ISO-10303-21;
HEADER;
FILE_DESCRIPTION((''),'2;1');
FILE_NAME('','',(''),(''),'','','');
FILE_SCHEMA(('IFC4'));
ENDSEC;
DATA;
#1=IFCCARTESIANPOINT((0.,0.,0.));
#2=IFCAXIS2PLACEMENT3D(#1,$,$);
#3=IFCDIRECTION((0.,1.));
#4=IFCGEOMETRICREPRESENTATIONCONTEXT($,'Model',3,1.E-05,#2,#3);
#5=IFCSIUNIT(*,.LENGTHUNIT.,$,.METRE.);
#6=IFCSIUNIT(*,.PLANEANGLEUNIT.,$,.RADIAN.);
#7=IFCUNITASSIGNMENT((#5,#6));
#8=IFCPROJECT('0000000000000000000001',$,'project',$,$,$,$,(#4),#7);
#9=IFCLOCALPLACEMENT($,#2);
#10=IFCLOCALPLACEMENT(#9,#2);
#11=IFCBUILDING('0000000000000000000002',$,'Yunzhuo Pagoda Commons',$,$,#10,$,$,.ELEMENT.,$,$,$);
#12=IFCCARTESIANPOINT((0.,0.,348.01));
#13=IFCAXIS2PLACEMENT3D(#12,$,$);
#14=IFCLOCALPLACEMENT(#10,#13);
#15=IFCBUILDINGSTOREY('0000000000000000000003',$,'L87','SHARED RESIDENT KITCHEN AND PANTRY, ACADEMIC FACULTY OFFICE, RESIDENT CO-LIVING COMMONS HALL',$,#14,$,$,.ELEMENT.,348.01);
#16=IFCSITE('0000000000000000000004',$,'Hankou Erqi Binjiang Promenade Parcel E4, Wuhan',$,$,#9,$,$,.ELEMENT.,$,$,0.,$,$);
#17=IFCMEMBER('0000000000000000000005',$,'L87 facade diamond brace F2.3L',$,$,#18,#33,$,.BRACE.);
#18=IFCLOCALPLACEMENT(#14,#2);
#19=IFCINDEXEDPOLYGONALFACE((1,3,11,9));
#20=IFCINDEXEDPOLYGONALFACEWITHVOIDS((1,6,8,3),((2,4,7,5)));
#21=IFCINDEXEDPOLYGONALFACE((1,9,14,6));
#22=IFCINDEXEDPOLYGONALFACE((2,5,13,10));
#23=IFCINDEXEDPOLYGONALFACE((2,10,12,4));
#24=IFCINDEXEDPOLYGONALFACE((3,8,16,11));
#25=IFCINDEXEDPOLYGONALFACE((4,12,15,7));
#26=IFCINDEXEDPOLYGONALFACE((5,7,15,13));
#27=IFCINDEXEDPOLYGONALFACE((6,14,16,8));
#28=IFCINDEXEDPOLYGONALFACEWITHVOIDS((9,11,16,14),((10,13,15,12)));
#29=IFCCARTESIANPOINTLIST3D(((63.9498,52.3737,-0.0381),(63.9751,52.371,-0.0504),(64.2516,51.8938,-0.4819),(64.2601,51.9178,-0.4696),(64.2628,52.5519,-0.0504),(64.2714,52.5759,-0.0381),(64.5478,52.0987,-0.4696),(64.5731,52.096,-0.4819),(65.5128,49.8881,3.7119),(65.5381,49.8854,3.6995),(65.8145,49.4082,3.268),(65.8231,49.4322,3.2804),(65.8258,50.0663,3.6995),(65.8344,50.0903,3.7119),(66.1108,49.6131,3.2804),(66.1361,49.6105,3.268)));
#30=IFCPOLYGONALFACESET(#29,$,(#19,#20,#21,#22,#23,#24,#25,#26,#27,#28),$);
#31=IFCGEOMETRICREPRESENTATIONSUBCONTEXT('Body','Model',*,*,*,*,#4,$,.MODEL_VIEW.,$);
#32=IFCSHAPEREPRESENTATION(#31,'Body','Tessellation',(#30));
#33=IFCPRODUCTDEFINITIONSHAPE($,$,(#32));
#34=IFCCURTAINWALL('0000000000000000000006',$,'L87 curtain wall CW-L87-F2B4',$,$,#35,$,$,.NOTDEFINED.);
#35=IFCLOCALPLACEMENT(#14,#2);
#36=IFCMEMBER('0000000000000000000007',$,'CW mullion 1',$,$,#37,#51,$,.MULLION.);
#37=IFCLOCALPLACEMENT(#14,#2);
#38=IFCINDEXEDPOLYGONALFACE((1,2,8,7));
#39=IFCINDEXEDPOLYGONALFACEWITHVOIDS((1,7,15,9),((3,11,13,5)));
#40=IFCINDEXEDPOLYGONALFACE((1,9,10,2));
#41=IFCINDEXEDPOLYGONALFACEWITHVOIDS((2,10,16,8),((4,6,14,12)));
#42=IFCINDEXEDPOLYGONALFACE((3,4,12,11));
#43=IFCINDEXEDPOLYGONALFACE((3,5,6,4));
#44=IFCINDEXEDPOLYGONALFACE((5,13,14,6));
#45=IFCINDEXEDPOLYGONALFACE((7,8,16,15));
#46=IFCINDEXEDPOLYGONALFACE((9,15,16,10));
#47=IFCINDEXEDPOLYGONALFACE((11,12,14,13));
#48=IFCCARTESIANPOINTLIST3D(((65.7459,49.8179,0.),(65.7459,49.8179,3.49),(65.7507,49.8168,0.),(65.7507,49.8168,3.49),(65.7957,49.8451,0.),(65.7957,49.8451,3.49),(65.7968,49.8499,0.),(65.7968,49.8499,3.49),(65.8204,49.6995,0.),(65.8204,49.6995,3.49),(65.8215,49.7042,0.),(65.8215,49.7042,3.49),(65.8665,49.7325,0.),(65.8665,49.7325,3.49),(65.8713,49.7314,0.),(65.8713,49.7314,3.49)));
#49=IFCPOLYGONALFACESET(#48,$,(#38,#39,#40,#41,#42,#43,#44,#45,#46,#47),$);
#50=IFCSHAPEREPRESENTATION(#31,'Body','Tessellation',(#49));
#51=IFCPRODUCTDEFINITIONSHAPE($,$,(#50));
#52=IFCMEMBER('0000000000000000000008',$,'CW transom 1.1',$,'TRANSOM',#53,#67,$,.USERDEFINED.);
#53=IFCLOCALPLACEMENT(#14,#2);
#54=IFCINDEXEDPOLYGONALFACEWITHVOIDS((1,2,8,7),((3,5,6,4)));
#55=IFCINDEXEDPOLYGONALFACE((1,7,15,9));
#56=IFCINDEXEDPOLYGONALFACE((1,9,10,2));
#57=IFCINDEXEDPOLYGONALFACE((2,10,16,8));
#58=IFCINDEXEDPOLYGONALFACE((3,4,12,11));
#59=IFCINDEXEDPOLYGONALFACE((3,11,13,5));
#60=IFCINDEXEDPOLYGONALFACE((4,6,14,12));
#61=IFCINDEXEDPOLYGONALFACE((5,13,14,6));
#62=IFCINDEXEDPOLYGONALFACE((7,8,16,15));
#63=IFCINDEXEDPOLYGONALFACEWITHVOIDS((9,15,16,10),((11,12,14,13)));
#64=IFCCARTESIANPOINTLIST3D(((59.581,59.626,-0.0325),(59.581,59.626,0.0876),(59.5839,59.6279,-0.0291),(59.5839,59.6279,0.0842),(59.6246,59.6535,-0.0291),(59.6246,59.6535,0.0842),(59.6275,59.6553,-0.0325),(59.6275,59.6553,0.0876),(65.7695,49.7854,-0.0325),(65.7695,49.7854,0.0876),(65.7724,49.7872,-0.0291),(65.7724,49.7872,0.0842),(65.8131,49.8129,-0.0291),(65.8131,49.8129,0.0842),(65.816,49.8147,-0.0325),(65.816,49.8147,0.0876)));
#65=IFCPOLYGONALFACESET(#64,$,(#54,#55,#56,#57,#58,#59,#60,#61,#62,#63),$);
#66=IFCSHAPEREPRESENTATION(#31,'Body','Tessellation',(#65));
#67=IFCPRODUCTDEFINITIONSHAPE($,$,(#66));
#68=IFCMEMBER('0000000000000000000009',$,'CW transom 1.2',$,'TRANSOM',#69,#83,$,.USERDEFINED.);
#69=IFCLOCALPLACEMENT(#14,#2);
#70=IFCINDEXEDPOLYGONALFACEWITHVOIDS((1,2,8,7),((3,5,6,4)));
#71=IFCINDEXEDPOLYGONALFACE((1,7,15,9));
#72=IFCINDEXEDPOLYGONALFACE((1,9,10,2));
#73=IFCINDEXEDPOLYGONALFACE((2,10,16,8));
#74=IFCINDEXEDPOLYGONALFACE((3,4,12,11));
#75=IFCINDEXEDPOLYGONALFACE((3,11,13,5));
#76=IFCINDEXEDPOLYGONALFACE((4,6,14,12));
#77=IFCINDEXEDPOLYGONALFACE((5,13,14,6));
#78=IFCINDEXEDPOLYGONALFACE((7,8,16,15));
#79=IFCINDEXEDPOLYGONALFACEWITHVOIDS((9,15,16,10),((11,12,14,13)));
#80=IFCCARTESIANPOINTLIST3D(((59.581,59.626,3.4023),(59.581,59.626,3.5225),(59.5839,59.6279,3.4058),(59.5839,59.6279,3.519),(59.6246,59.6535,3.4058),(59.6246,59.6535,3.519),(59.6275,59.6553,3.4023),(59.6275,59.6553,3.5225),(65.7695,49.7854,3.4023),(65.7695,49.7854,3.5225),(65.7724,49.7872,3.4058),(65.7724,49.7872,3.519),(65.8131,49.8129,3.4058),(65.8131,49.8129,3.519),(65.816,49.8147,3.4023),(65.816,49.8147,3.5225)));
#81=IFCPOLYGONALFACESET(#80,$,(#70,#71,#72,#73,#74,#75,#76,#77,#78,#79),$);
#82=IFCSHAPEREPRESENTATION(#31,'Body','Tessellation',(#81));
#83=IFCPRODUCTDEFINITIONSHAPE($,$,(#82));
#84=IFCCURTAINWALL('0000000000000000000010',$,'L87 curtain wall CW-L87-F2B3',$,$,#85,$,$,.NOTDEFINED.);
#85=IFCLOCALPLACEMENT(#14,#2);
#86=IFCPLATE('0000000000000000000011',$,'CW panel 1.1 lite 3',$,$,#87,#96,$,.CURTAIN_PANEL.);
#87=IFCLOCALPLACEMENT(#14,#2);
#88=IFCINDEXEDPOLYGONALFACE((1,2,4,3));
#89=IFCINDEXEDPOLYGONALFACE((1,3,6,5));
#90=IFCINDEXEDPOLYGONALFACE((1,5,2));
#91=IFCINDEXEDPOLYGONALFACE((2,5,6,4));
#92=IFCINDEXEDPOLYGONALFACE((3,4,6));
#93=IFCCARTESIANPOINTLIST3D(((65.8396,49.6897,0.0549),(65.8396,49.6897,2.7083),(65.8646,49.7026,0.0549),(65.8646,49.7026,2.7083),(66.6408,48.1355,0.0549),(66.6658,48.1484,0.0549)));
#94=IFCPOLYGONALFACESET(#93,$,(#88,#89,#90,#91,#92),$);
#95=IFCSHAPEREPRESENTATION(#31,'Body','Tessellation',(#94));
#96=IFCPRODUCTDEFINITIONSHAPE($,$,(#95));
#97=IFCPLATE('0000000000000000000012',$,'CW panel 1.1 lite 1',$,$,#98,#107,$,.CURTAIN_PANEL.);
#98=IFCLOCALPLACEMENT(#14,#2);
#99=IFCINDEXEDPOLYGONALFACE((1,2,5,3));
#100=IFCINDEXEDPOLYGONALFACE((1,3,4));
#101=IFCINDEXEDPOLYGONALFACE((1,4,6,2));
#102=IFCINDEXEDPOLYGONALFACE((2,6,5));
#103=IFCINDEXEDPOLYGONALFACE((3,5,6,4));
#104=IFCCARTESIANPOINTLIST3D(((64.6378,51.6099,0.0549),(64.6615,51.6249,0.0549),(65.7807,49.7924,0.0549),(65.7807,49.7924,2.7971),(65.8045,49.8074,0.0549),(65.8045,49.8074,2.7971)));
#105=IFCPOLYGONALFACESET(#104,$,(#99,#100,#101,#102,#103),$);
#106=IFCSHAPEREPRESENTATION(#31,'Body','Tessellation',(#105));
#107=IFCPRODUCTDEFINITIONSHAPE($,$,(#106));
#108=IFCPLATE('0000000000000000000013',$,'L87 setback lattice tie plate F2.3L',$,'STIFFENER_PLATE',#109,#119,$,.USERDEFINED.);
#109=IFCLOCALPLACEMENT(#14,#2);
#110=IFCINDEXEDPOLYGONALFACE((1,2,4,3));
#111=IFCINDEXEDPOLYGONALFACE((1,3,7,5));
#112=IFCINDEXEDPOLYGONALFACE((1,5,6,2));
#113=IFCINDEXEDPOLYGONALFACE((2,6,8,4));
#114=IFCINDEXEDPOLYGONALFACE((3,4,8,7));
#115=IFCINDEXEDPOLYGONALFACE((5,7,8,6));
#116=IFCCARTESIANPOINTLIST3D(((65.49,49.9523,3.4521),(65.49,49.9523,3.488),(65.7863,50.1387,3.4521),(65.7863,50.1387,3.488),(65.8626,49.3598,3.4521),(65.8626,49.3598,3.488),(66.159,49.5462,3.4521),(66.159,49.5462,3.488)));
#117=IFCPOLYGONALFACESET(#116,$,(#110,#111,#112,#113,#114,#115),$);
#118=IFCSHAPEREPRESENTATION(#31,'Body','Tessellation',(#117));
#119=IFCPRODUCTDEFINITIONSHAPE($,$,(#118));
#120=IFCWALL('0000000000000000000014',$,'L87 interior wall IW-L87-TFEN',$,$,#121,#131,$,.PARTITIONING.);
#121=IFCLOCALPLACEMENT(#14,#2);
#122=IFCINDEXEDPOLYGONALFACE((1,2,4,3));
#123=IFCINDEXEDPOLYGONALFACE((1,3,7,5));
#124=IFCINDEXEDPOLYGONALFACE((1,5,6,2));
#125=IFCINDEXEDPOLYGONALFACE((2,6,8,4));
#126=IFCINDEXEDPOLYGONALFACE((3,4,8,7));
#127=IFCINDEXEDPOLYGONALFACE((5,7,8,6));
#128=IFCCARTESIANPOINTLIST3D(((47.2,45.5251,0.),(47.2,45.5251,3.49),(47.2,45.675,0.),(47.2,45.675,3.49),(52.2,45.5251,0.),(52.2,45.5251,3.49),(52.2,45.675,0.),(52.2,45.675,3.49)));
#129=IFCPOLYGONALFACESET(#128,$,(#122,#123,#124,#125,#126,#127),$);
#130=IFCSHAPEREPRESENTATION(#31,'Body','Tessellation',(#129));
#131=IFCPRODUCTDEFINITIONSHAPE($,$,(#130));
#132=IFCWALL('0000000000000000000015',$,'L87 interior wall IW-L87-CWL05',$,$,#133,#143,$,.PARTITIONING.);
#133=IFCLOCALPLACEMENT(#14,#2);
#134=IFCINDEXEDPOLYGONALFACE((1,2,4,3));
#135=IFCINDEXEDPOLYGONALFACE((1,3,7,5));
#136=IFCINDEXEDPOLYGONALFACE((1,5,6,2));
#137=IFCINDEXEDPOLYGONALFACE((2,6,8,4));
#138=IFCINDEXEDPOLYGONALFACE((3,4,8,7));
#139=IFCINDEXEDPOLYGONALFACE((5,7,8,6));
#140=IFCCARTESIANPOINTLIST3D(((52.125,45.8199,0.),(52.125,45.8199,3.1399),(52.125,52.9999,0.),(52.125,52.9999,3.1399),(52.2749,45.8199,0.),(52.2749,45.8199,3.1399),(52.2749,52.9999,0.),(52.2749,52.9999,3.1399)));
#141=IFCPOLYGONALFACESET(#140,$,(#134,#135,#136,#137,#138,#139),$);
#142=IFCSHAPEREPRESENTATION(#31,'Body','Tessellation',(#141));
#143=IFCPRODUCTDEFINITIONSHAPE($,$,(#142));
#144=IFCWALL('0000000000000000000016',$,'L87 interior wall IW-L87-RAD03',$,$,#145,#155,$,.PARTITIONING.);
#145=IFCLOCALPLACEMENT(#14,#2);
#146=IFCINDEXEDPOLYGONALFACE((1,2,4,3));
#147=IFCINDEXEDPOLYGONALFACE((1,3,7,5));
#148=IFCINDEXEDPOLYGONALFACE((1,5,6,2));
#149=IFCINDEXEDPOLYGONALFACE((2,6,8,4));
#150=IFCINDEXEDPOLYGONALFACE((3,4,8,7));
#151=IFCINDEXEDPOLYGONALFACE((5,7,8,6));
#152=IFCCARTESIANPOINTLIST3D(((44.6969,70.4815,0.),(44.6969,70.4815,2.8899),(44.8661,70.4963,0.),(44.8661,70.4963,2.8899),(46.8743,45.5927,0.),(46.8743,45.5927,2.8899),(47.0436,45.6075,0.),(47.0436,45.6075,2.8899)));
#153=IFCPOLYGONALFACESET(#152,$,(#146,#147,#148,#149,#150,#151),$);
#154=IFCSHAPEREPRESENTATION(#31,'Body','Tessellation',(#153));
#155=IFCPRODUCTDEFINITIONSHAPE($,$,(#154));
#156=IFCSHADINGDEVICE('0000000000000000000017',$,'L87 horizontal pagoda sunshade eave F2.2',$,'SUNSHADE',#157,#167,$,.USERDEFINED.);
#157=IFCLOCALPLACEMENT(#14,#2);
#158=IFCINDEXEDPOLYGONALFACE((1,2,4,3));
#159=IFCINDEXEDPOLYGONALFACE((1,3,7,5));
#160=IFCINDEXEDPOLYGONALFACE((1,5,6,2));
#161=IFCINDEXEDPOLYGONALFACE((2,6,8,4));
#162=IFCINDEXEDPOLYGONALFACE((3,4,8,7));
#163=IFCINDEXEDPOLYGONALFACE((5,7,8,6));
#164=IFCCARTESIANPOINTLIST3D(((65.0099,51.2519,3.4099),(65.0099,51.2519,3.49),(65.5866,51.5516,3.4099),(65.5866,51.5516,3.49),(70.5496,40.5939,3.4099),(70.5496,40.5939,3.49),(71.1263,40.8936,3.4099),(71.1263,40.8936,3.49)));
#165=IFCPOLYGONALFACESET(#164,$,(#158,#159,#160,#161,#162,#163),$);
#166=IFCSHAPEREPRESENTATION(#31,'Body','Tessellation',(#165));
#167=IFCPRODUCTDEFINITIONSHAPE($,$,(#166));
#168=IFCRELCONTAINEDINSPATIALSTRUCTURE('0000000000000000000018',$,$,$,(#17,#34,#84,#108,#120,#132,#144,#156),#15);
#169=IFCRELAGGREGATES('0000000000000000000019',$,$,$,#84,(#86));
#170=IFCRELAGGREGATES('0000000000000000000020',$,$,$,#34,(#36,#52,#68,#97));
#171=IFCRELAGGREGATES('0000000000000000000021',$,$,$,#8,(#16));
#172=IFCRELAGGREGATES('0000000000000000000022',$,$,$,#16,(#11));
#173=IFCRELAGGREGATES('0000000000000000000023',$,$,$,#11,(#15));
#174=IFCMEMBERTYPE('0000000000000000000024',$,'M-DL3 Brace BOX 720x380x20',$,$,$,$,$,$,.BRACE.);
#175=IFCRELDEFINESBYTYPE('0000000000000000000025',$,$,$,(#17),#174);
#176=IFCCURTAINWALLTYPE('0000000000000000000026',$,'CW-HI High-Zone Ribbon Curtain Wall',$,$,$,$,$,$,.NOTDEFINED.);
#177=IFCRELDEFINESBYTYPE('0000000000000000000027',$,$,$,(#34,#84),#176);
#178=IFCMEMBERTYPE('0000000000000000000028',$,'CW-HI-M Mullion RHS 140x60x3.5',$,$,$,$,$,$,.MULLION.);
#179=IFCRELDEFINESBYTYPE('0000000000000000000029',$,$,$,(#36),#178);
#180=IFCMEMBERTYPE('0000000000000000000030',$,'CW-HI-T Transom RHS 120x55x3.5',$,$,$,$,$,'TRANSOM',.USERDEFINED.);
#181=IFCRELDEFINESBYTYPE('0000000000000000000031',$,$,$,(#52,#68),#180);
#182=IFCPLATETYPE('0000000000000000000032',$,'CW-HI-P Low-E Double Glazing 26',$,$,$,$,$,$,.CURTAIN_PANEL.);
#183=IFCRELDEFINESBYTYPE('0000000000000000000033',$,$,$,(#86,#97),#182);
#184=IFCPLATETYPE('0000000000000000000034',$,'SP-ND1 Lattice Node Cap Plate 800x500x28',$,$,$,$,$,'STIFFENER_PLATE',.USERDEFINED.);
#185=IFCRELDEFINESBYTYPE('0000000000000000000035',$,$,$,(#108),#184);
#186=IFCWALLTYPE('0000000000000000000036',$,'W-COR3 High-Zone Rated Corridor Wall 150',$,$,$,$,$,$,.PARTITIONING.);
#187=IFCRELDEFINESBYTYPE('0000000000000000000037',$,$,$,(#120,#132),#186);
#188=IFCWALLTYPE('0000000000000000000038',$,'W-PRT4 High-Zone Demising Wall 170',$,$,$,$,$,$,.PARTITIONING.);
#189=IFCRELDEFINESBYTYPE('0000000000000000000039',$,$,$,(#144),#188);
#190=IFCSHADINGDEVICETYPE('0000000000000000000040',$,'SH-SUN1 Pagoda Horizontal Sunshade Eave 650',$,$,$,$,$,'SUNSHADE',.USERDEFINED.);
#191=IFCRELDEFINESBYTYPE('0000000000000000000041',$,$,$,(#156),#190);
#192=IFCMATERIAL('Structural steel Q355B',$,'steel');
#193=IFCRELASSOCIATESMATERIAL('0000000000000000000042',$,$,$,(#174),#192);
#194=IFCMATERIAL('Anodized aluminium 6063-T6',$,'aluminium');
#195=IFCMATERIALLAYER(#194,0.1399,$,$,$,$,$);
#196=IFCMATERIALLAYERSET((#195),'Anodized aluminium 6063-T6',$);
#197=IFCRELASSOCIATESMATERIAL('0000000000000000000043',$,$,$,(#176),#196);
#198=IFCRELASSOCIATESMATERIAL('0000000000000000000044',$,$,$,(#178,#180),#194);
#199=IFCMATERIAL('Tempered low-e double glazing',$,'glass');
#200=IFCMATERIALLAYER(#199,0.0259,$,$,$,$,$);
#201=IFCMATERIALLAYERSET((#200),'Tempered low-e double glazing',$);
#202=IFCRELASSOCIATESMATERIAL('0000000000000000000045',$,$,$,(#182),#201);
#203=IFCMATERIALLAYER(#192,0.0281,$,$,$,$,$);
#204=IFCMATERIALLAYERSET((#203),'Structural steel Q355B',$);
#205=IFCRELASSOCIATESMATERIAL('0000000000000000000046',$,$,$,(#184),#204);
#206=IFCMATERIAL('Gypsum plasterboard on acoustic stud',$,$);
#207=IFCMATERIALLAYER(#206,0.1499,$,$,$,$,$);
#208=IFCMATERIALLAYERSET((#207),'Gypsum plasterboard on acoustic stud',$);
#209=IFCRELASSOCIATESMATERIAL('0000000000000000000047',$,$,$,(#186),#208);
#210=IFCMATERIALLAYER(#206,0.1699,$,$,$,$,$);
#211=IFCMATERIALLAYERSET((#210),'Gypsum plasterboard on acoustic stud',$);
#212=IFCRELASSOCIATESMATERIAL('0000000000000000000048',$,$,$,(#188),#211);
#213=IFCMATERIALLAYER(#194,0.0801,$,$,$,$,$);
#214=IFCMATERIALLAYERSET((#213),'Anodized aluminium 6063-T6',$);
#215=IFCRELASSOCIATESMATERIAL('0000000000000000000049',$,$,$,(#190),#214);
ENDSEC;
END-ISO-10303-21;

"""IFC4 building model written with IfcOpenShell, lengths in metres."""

from ifc_helpers import new_model, si_unit, direction, frame, frame_2d, origin, origin_2d, place, context, subcontext, project, spatial, polyline, rectangle, hollow_rectangle, outline, extrude, source, transform, mapped, material, layer, layer_set, material_profile, profile_set, type_object, element, aggregate, save


model = new_model("IFC4")

# Units and contexts
model_context = context("Model", 3, precision=1e-05, world=origin(), true_north=direction((0.0, 1.0)))
body_context = subcontext(model_context, "Body", "Model", "MODEL_VIEW")
ifc_project = project(units=[si_unit("LENGTHUNIT", "METRE"), si_unit("PLANEANGLEUNIT", "RADIAN")], contexts=[model_context])

# Site, building, storey
site_placement = place(None, origin())
site = spatial("IfcSite", under=ifc_project, at=site_placement, Name="Hankou Erqi Binjiang Promenade Parcel E4, Wuhan", CompositionType="ELEMENT", RefElevation=0.0)
building_placement = place(site_placement, origin())
building = spatial("IfcBuilding", under=site, at=building_placement, Name="Yunzhuo Pagoda Commons", CompositionType="ELEMENT")
storey_placement = place(building_placement, frame((0.0, 0.0, 348.01)))
storey = spatial("IfcBuildingStorey", under=building, at=storey_placement, Name="L87", Description="SHARED RESIDENT KITCHEN AND PANTRY, ACADEMIC FACULTY OFFICE, RESIDENT CO-LIVING COMMONS HALL", CompositionType="ELEMENT", Elevation=348.01)

# Shared definitions
ifc_material_1 = material(Name="Structural steel Q355B", Category="steel")

# Member
ifc_material_profile_1 = material_profile(ifc_material_1, hollow_rectangle(XDim=0.3799, YDim=0.72, WallThickness=0.02, at=origin_2d()), Name="Structural steel Q355B")
ifc_profile_set_1 = profile_set([ifc_material_profile_1], Name="Structural steel Q355B")
member_type_1 = type_object("IfcMemberType", Name="M-DL3 Brace BOX 720x380x20", PredefinedType="BRACE", material=ifc_profile_set_1)
shared_shape_1 = source(origin(), body_context, "Body", "SweptSolid", [
    extrude(hollow_rectangle(XDim=0.3799, YDim=0.72, WallThickness=0.02, at=origin_2d()), origin(), (0.0, 0.0, 1.0), 4.7627),
])
member_1_placement = place(storey_placement, frame((64.2615, 52.2349, -0.26), z_axis=(0.328171, -0.521884, 0.787363), x_axis=(0.846542, 0.532321, 0.0)))
element("IfcMember", 1, at=member_1_placement, inside=storey, type_object=member_type_1, Name="L87 facade diamond brace F2.3L", PredefinedType="BRACE", context=body_context, shape_type="MappedRepresentation", body=[
    mapped(shared_shape_1, transform((0.0, 0.0, 0.0), scale=1.0)),
])

# Curtain wall, members
ifc_material_2 = material(Name="Anodized aluminium 6063-T6", Category="aluminium")
ifc_layer_1 = layer(ifc_material_2, 0.1399)
ifc_layer_set_1 = layer_set([ifc_layer_1], Name="Anodized aluminium 6063-T6")
curtain_wall_type = type_object("IfcCurtainWallType", Name="CW-HI High-Zone Ribbon Curtain Wall", PredefinedType="NOTDEFINED", material=ifc_layer_set_1)
curtain_wall_1_placement = place(storey_placement, origin())
curtain_wall_1 = element("IfcCurtainWall", 2, at=curtain_wall_1_placement, inside=storey, type_object=curtain_wall_type, Name="L87 curtain wall CW-L87-F2B4", PredefinedType="NOTDEFINED")
ifc_material_profile_2 = material_profile(ifc_material_2, hollow_rectangle(XDim=0.0601, YDim=0.1399, WallThickness=0.0034, at=origin_2d()), Name="Anodized aluminium 6063-T6")
ifc_profile_set_2 = profile_set([ifc_material_profile_2], Name="Anodized aluminium 6063-T6")
member_type_2 = type_object("IfcMemberType", Name="CW-HI-M Mullion RHS 140x60x3.5", PredefinedType="MULLION", material=ifc_profile_set_2)
shared_shape_2 = source(origin(), body_context, "Body", "SweptSolid", [
    extrude(hollow_rectangle(XDim=0.0601, YDim=0.1399, WallThickness=0.0034, at=origin_2d()), origin(), (0.0, 0.0, 1.0), 3.49),
])
member_2_placement = place(storey_placement, frame((65.8086, 49.7747, 0.0), z_axis=(0.0, 0.0, 1.0), x_axis=(-0.846525, -0.53235, 0.0)))
member_2 = element("IfcMember", 3, at=member_2_placement, type_object=member_type_2, Name="CW mullion 1", PredefinedType="MULLION", context=body_context, shape_type="MappedRepresentation", body=[
    mapped(shared_shape_2, transform((0.0, 0.0, 0.0), scale=1.0)),
])
ifc_material_profile_3 = material_profile(ifc_material_2, hollow_rectangle(XDim=0.0549, YDim=0.1201, WallThickness=0.0034, at=origin_2d()), Name="Anodized aluminium 6063-T6")
ifc_profile_set_3 = profile_set([ifc_material_profile_3], Name="Anodized aluminium 6063-T6")
member_type_3 = type_object("IfcMemberType", Name="CW-HI-T Transom RHS 120x55x3.5", ElementType="TRANSOM", PredefinedType="USERDEFINED", material=ifc_profile_set_3)
shared_shape_3 = source(origin(), body_context, "Body", "SweptSolid", [
    extrude(hollow_rectangle(XDim=0.0549, YDim=0.1201, WallThickness=0.0034, at=origin_2d()), origin(), (0.0, 0.0, 1.0), 11.6248),
])
member_3_placement = place(storey_placement, frame((65.7927, 49.8, 0.0276), z_axis=(-0.532355, 0.846521, 0.0), x_axis=(-0.846521, -0.532355, 0.0)))
member_3 = element("IfcMember", 4, at=member_3_placement, type_object=member_type_3, Name="CW transom 1.1", ObjectType="TRANSOM", PredefinedType="USERDEFINED", context=body_context, shape_type="MappedRepresentation", body=[
    mapped(shared_shape_3, transform((0.0, 0.0, 0.0), scale=1.0)),
])
member_4_placement = place(storey_placement, frame((65.7927, 49.8, 3.4624), z_axis=(-0.532355, 0.846521, 0.0), x_axis=(-0.846521, -0.532355, 0.0)))
member_4 = element("IfcMember", 5, at=member_4_placement, type_object=member_type_3, Name="CW transom 1.2", ObjectType="TRANSOM", PredefinedType="USERDEFINED", context=body_context, shape_type="MappedRepresentation", body=[
    mapped(shared_shape_3, transform((0.0, 0.0, 0.0), scale=1.0)),
])

# Curtain wall, plate
curtain_wall_2_placement = place(storey_placement, origin())
curtain_wall_2 = element("IfcCurtainWall", 6, at=curtain_wall_2_placement, inside=storey, type_object=curtain_wall_type, Name="L87 curtain wall CW-L87-F2B3", PredefinedType="NOTDEFINED")
ifc_material_3 = material(Name="Tempered low-e double glazing", Category="glass")
ifc_layer_2 = layer(ifc_material_3, 0.0259)
ifc_layer_set_2 = layer_set([ifc_layer_2], Name="Tempered low-e double glazing")
plate_type_1 = type_object("IfcPlateType", Name="CW-HI-P Low-E Double Glazing 26", PredefinedType="CURTAIN_PANEL", material=ifc_layer_set_2)
plate_1_placement = place(storey_placement, frame((66.2402, 48.9126, 1.3816), z_axis=(0.888846, 0.458207, 0.0), x_axis=(-0.458207, 0.888846, 0.0)))
plate_1 = element("IfcPlate", 7, at=plate_1_placement, type_object=plate_type_1, Name="CW panel 1.1 lite 3", PredefinedType="CURTAIN_PANEL", context=body_context, shape_type="SweptSolid", body=[
    extrude(outline(polyline([(-0.8743, -1.3267), (0.8743, -1.3267), (0.8743, 1.3267), (-0.8743, -1.3267)])), origin(), (0.0, 0.0, 1.0), 0.0281),
])
aggregate(curtain_wall_2, [plate_1])

# Plates
plate_2_placement = place(storey_placement, frame((65.2092, 50.7012, 1.426), z_axis=(0.846525, 0.53235, 0.0), x_axis=(-0.53235, 0.846525, 0.0)))
plate_2 = element("IfcPlate", 8, at=plate_2_placement, type_object=plate_type_1, Name="CW panel 1.1 lite 1", PredefinedType="CURTAIN_PANEL", context=body_context, shape_type="SweptSolid", body=[
    extrude(outline(polyline([(-1.0735, -1.3711), (1.0735, -1.3711), (-1.0735, 1.3711), (-1.0735, -1.3711)])), origin(), (0.0, 0.0, 1.0), 0.0281),
])
aggregate(curtain_wall_1, [member_2, member_3, member_4, plate_2])
ifc_layer_3 = layer(ifc_material_1, 0.0281)
ifc_layer_set_3 = layer_set([ifc_layer_3], Name="Structural steel Q355B")
plate_type_2 = type_object("IfcPlateType", Name="SP-ND1 Lattice Node Cap Plate 800x500x28", ElementType="STIFFENER_PLATE", PredefinedType="USERDEFINED", material=ifc_layer_set_3)
shared_shape_4 = source(origin(), body_context, "Body", "SweptSolid", [
    extrude(rectangle(XDim=0.7, YDim=0.3501, at=origin_2d()), origin(), (0.0, 0.0, 1.0), 0.0359),
])
plate_3_placement = place(storey_placement, frame((65.8245, 49.7493, 3.4521), z_axis=(0.0, 0.0, 1.0), x_axis=(-0.532344, 0.846528, 0.0)))
element("IfcPlate", 9, at=plate_3_placement, inside=storey, type_object=plate_type_2, Name="L87 setback lattice tie plate F2.3L", ObjectType="STIFFENER_PLATE", PredefinedType="USERDEFINED", context=body_context, shape_type="MappedRepresentation", body=[
    mapped(shared_shape_4, transform((0.0, 0.0, 0.0), scale=1.0)),
])

# Walls
ifc_material_4 = material(Name="Gypsum plasterboard on acoustic stud")
ifc_layer_4 = layer(ifc_material_4, 0.1499)
ifc_layer_set_4 = layer_set([ifc_layer_4], Name="Gypsum plasterboard on acoustic stud")
wall_type_1 = type_object("IfcWallType", Name="W-COR3 High-Zone Rated Corridor Wall 150", PredefinedType="PARTITIONING", material=ifc_layer_set_4)
wall_1_placement = place(storey_placement, frame((47.2, 45.6001, 0.0), z_axis=(0.0, 0.0, 1.0), x_axis=(1.0, 0.0, 0.0)))
element("IfcWall", 10, at=wall_1_placement, inside=storey, type_object=wall_type_1, Name="L87 interior wall IW-L87-TFEN", PredefinedType="PARTITIONING", context=body_context, shape_type="SweptSolid", body=[
    extrude(rectangle(XDim=5.0, YDim=0.1499, at=frame_2d((2.5, 0.0))), origin(), (0.0, 0.0, 1.0), 3.49),
])
wall_2_placement = place(storey_placement, frame((52.2, 45.8201, 0.0), z_axis=(0.0, 0.0, 1.0), x_axis=(0.0, 1.0, 0.0)))
element("IfcWall", 11, at=wall_2_placement, inside=storey, type_object=wall_type_1, Name="L87 interior wall IW-L87-CWL05", PredefinedType="PARTITIONING", context=body_context, shape_type="SweptSolid", body=[
    extrude(rectangle(XDim=7.1799, YDim=0.1499, at=frame_2d((3.5898, 0.0))), origin(), (0.0, 0.0, 1.0), 3.1399),
])
ifc_layer_5 = layer(ifc_material_4, 0.1699)
ifc_layer_set_5 = layer_set([ifc_layer_5], Name="Gypsum plasterboard on acoustic stud")
wall_type_2 = type_object("IfcWallType", Name="W-PRT4 High-Zone Demising Wall 170", PredefinedType="PARTITIONING", material=ifc_layer_set_5)
wall_3_placement = place(storey_placement, frame((46.959, 45.6001, 0.0), z_axis=(0.0, 0.0, 1.0), x_axis=(-0.087155, 0.996195, 0.0)))
element("IfcWall", 12, at=wall_3_placement, inside=storey, type_object=wall_type_2, Name="L87 interior wall IW-L87-RAD03", PredefinedType="PARTITIONING", context=body_context, shape_type="SweptSolid", body=[
    extrude(rectangle(XDim=24.9839, YDim=0.1699, at=frame_2d((12.4919, 0.0))), origin(), (0.0, 0.0, 1.0), 2.8899),
])

# Shading device
ifc_layer_6 = layer(ifc_material_2, 0.0801)
ifc_layer_set_6 = layer_set([ifc_layer_6], Name="Anodized aluminium 6063-T6")
shading_device_type = type_object("IfcShadingDeviceType", Name="SH-SUN1 Pagoda Horizontal Sunshade Eave 650", ElementType="SUNSHADE", PredefinedType="USERDEFINED", material=ifc_layer_set_6)
shared_shape_5 = source(origin(), body_context, "Body", "SweptSolid", [
    extrude(rectangle(XDim=12.0117, YDim=0.6499, at=origin_2d()), origin(), (0.0, 0.0, 1.0), 0.0801),
])
shading_device_placement = place(storey_placement, frame((68.0681, 46.0728, 3.4099), z_axis=(0.0, 0.0, 1.0), x_axis=(-0.461191, 0.887301, 0.0)))
element("IfcShadingDevice", 13, at=shading_device_placement, inside=storey, type_object=shading_device_type, Name="L87 horizontal pagoda sunshade eave F2.2", ObjectType="SUNSHADE", PredefinedType="USERDEFINED", context=body_context, shape_type="MappedRepresentation", body=[
    mapped(shared_shape_5, transform((0.0, 0.0, 0.0), scale=1.0)),
])

save(model, "model.ifc")
